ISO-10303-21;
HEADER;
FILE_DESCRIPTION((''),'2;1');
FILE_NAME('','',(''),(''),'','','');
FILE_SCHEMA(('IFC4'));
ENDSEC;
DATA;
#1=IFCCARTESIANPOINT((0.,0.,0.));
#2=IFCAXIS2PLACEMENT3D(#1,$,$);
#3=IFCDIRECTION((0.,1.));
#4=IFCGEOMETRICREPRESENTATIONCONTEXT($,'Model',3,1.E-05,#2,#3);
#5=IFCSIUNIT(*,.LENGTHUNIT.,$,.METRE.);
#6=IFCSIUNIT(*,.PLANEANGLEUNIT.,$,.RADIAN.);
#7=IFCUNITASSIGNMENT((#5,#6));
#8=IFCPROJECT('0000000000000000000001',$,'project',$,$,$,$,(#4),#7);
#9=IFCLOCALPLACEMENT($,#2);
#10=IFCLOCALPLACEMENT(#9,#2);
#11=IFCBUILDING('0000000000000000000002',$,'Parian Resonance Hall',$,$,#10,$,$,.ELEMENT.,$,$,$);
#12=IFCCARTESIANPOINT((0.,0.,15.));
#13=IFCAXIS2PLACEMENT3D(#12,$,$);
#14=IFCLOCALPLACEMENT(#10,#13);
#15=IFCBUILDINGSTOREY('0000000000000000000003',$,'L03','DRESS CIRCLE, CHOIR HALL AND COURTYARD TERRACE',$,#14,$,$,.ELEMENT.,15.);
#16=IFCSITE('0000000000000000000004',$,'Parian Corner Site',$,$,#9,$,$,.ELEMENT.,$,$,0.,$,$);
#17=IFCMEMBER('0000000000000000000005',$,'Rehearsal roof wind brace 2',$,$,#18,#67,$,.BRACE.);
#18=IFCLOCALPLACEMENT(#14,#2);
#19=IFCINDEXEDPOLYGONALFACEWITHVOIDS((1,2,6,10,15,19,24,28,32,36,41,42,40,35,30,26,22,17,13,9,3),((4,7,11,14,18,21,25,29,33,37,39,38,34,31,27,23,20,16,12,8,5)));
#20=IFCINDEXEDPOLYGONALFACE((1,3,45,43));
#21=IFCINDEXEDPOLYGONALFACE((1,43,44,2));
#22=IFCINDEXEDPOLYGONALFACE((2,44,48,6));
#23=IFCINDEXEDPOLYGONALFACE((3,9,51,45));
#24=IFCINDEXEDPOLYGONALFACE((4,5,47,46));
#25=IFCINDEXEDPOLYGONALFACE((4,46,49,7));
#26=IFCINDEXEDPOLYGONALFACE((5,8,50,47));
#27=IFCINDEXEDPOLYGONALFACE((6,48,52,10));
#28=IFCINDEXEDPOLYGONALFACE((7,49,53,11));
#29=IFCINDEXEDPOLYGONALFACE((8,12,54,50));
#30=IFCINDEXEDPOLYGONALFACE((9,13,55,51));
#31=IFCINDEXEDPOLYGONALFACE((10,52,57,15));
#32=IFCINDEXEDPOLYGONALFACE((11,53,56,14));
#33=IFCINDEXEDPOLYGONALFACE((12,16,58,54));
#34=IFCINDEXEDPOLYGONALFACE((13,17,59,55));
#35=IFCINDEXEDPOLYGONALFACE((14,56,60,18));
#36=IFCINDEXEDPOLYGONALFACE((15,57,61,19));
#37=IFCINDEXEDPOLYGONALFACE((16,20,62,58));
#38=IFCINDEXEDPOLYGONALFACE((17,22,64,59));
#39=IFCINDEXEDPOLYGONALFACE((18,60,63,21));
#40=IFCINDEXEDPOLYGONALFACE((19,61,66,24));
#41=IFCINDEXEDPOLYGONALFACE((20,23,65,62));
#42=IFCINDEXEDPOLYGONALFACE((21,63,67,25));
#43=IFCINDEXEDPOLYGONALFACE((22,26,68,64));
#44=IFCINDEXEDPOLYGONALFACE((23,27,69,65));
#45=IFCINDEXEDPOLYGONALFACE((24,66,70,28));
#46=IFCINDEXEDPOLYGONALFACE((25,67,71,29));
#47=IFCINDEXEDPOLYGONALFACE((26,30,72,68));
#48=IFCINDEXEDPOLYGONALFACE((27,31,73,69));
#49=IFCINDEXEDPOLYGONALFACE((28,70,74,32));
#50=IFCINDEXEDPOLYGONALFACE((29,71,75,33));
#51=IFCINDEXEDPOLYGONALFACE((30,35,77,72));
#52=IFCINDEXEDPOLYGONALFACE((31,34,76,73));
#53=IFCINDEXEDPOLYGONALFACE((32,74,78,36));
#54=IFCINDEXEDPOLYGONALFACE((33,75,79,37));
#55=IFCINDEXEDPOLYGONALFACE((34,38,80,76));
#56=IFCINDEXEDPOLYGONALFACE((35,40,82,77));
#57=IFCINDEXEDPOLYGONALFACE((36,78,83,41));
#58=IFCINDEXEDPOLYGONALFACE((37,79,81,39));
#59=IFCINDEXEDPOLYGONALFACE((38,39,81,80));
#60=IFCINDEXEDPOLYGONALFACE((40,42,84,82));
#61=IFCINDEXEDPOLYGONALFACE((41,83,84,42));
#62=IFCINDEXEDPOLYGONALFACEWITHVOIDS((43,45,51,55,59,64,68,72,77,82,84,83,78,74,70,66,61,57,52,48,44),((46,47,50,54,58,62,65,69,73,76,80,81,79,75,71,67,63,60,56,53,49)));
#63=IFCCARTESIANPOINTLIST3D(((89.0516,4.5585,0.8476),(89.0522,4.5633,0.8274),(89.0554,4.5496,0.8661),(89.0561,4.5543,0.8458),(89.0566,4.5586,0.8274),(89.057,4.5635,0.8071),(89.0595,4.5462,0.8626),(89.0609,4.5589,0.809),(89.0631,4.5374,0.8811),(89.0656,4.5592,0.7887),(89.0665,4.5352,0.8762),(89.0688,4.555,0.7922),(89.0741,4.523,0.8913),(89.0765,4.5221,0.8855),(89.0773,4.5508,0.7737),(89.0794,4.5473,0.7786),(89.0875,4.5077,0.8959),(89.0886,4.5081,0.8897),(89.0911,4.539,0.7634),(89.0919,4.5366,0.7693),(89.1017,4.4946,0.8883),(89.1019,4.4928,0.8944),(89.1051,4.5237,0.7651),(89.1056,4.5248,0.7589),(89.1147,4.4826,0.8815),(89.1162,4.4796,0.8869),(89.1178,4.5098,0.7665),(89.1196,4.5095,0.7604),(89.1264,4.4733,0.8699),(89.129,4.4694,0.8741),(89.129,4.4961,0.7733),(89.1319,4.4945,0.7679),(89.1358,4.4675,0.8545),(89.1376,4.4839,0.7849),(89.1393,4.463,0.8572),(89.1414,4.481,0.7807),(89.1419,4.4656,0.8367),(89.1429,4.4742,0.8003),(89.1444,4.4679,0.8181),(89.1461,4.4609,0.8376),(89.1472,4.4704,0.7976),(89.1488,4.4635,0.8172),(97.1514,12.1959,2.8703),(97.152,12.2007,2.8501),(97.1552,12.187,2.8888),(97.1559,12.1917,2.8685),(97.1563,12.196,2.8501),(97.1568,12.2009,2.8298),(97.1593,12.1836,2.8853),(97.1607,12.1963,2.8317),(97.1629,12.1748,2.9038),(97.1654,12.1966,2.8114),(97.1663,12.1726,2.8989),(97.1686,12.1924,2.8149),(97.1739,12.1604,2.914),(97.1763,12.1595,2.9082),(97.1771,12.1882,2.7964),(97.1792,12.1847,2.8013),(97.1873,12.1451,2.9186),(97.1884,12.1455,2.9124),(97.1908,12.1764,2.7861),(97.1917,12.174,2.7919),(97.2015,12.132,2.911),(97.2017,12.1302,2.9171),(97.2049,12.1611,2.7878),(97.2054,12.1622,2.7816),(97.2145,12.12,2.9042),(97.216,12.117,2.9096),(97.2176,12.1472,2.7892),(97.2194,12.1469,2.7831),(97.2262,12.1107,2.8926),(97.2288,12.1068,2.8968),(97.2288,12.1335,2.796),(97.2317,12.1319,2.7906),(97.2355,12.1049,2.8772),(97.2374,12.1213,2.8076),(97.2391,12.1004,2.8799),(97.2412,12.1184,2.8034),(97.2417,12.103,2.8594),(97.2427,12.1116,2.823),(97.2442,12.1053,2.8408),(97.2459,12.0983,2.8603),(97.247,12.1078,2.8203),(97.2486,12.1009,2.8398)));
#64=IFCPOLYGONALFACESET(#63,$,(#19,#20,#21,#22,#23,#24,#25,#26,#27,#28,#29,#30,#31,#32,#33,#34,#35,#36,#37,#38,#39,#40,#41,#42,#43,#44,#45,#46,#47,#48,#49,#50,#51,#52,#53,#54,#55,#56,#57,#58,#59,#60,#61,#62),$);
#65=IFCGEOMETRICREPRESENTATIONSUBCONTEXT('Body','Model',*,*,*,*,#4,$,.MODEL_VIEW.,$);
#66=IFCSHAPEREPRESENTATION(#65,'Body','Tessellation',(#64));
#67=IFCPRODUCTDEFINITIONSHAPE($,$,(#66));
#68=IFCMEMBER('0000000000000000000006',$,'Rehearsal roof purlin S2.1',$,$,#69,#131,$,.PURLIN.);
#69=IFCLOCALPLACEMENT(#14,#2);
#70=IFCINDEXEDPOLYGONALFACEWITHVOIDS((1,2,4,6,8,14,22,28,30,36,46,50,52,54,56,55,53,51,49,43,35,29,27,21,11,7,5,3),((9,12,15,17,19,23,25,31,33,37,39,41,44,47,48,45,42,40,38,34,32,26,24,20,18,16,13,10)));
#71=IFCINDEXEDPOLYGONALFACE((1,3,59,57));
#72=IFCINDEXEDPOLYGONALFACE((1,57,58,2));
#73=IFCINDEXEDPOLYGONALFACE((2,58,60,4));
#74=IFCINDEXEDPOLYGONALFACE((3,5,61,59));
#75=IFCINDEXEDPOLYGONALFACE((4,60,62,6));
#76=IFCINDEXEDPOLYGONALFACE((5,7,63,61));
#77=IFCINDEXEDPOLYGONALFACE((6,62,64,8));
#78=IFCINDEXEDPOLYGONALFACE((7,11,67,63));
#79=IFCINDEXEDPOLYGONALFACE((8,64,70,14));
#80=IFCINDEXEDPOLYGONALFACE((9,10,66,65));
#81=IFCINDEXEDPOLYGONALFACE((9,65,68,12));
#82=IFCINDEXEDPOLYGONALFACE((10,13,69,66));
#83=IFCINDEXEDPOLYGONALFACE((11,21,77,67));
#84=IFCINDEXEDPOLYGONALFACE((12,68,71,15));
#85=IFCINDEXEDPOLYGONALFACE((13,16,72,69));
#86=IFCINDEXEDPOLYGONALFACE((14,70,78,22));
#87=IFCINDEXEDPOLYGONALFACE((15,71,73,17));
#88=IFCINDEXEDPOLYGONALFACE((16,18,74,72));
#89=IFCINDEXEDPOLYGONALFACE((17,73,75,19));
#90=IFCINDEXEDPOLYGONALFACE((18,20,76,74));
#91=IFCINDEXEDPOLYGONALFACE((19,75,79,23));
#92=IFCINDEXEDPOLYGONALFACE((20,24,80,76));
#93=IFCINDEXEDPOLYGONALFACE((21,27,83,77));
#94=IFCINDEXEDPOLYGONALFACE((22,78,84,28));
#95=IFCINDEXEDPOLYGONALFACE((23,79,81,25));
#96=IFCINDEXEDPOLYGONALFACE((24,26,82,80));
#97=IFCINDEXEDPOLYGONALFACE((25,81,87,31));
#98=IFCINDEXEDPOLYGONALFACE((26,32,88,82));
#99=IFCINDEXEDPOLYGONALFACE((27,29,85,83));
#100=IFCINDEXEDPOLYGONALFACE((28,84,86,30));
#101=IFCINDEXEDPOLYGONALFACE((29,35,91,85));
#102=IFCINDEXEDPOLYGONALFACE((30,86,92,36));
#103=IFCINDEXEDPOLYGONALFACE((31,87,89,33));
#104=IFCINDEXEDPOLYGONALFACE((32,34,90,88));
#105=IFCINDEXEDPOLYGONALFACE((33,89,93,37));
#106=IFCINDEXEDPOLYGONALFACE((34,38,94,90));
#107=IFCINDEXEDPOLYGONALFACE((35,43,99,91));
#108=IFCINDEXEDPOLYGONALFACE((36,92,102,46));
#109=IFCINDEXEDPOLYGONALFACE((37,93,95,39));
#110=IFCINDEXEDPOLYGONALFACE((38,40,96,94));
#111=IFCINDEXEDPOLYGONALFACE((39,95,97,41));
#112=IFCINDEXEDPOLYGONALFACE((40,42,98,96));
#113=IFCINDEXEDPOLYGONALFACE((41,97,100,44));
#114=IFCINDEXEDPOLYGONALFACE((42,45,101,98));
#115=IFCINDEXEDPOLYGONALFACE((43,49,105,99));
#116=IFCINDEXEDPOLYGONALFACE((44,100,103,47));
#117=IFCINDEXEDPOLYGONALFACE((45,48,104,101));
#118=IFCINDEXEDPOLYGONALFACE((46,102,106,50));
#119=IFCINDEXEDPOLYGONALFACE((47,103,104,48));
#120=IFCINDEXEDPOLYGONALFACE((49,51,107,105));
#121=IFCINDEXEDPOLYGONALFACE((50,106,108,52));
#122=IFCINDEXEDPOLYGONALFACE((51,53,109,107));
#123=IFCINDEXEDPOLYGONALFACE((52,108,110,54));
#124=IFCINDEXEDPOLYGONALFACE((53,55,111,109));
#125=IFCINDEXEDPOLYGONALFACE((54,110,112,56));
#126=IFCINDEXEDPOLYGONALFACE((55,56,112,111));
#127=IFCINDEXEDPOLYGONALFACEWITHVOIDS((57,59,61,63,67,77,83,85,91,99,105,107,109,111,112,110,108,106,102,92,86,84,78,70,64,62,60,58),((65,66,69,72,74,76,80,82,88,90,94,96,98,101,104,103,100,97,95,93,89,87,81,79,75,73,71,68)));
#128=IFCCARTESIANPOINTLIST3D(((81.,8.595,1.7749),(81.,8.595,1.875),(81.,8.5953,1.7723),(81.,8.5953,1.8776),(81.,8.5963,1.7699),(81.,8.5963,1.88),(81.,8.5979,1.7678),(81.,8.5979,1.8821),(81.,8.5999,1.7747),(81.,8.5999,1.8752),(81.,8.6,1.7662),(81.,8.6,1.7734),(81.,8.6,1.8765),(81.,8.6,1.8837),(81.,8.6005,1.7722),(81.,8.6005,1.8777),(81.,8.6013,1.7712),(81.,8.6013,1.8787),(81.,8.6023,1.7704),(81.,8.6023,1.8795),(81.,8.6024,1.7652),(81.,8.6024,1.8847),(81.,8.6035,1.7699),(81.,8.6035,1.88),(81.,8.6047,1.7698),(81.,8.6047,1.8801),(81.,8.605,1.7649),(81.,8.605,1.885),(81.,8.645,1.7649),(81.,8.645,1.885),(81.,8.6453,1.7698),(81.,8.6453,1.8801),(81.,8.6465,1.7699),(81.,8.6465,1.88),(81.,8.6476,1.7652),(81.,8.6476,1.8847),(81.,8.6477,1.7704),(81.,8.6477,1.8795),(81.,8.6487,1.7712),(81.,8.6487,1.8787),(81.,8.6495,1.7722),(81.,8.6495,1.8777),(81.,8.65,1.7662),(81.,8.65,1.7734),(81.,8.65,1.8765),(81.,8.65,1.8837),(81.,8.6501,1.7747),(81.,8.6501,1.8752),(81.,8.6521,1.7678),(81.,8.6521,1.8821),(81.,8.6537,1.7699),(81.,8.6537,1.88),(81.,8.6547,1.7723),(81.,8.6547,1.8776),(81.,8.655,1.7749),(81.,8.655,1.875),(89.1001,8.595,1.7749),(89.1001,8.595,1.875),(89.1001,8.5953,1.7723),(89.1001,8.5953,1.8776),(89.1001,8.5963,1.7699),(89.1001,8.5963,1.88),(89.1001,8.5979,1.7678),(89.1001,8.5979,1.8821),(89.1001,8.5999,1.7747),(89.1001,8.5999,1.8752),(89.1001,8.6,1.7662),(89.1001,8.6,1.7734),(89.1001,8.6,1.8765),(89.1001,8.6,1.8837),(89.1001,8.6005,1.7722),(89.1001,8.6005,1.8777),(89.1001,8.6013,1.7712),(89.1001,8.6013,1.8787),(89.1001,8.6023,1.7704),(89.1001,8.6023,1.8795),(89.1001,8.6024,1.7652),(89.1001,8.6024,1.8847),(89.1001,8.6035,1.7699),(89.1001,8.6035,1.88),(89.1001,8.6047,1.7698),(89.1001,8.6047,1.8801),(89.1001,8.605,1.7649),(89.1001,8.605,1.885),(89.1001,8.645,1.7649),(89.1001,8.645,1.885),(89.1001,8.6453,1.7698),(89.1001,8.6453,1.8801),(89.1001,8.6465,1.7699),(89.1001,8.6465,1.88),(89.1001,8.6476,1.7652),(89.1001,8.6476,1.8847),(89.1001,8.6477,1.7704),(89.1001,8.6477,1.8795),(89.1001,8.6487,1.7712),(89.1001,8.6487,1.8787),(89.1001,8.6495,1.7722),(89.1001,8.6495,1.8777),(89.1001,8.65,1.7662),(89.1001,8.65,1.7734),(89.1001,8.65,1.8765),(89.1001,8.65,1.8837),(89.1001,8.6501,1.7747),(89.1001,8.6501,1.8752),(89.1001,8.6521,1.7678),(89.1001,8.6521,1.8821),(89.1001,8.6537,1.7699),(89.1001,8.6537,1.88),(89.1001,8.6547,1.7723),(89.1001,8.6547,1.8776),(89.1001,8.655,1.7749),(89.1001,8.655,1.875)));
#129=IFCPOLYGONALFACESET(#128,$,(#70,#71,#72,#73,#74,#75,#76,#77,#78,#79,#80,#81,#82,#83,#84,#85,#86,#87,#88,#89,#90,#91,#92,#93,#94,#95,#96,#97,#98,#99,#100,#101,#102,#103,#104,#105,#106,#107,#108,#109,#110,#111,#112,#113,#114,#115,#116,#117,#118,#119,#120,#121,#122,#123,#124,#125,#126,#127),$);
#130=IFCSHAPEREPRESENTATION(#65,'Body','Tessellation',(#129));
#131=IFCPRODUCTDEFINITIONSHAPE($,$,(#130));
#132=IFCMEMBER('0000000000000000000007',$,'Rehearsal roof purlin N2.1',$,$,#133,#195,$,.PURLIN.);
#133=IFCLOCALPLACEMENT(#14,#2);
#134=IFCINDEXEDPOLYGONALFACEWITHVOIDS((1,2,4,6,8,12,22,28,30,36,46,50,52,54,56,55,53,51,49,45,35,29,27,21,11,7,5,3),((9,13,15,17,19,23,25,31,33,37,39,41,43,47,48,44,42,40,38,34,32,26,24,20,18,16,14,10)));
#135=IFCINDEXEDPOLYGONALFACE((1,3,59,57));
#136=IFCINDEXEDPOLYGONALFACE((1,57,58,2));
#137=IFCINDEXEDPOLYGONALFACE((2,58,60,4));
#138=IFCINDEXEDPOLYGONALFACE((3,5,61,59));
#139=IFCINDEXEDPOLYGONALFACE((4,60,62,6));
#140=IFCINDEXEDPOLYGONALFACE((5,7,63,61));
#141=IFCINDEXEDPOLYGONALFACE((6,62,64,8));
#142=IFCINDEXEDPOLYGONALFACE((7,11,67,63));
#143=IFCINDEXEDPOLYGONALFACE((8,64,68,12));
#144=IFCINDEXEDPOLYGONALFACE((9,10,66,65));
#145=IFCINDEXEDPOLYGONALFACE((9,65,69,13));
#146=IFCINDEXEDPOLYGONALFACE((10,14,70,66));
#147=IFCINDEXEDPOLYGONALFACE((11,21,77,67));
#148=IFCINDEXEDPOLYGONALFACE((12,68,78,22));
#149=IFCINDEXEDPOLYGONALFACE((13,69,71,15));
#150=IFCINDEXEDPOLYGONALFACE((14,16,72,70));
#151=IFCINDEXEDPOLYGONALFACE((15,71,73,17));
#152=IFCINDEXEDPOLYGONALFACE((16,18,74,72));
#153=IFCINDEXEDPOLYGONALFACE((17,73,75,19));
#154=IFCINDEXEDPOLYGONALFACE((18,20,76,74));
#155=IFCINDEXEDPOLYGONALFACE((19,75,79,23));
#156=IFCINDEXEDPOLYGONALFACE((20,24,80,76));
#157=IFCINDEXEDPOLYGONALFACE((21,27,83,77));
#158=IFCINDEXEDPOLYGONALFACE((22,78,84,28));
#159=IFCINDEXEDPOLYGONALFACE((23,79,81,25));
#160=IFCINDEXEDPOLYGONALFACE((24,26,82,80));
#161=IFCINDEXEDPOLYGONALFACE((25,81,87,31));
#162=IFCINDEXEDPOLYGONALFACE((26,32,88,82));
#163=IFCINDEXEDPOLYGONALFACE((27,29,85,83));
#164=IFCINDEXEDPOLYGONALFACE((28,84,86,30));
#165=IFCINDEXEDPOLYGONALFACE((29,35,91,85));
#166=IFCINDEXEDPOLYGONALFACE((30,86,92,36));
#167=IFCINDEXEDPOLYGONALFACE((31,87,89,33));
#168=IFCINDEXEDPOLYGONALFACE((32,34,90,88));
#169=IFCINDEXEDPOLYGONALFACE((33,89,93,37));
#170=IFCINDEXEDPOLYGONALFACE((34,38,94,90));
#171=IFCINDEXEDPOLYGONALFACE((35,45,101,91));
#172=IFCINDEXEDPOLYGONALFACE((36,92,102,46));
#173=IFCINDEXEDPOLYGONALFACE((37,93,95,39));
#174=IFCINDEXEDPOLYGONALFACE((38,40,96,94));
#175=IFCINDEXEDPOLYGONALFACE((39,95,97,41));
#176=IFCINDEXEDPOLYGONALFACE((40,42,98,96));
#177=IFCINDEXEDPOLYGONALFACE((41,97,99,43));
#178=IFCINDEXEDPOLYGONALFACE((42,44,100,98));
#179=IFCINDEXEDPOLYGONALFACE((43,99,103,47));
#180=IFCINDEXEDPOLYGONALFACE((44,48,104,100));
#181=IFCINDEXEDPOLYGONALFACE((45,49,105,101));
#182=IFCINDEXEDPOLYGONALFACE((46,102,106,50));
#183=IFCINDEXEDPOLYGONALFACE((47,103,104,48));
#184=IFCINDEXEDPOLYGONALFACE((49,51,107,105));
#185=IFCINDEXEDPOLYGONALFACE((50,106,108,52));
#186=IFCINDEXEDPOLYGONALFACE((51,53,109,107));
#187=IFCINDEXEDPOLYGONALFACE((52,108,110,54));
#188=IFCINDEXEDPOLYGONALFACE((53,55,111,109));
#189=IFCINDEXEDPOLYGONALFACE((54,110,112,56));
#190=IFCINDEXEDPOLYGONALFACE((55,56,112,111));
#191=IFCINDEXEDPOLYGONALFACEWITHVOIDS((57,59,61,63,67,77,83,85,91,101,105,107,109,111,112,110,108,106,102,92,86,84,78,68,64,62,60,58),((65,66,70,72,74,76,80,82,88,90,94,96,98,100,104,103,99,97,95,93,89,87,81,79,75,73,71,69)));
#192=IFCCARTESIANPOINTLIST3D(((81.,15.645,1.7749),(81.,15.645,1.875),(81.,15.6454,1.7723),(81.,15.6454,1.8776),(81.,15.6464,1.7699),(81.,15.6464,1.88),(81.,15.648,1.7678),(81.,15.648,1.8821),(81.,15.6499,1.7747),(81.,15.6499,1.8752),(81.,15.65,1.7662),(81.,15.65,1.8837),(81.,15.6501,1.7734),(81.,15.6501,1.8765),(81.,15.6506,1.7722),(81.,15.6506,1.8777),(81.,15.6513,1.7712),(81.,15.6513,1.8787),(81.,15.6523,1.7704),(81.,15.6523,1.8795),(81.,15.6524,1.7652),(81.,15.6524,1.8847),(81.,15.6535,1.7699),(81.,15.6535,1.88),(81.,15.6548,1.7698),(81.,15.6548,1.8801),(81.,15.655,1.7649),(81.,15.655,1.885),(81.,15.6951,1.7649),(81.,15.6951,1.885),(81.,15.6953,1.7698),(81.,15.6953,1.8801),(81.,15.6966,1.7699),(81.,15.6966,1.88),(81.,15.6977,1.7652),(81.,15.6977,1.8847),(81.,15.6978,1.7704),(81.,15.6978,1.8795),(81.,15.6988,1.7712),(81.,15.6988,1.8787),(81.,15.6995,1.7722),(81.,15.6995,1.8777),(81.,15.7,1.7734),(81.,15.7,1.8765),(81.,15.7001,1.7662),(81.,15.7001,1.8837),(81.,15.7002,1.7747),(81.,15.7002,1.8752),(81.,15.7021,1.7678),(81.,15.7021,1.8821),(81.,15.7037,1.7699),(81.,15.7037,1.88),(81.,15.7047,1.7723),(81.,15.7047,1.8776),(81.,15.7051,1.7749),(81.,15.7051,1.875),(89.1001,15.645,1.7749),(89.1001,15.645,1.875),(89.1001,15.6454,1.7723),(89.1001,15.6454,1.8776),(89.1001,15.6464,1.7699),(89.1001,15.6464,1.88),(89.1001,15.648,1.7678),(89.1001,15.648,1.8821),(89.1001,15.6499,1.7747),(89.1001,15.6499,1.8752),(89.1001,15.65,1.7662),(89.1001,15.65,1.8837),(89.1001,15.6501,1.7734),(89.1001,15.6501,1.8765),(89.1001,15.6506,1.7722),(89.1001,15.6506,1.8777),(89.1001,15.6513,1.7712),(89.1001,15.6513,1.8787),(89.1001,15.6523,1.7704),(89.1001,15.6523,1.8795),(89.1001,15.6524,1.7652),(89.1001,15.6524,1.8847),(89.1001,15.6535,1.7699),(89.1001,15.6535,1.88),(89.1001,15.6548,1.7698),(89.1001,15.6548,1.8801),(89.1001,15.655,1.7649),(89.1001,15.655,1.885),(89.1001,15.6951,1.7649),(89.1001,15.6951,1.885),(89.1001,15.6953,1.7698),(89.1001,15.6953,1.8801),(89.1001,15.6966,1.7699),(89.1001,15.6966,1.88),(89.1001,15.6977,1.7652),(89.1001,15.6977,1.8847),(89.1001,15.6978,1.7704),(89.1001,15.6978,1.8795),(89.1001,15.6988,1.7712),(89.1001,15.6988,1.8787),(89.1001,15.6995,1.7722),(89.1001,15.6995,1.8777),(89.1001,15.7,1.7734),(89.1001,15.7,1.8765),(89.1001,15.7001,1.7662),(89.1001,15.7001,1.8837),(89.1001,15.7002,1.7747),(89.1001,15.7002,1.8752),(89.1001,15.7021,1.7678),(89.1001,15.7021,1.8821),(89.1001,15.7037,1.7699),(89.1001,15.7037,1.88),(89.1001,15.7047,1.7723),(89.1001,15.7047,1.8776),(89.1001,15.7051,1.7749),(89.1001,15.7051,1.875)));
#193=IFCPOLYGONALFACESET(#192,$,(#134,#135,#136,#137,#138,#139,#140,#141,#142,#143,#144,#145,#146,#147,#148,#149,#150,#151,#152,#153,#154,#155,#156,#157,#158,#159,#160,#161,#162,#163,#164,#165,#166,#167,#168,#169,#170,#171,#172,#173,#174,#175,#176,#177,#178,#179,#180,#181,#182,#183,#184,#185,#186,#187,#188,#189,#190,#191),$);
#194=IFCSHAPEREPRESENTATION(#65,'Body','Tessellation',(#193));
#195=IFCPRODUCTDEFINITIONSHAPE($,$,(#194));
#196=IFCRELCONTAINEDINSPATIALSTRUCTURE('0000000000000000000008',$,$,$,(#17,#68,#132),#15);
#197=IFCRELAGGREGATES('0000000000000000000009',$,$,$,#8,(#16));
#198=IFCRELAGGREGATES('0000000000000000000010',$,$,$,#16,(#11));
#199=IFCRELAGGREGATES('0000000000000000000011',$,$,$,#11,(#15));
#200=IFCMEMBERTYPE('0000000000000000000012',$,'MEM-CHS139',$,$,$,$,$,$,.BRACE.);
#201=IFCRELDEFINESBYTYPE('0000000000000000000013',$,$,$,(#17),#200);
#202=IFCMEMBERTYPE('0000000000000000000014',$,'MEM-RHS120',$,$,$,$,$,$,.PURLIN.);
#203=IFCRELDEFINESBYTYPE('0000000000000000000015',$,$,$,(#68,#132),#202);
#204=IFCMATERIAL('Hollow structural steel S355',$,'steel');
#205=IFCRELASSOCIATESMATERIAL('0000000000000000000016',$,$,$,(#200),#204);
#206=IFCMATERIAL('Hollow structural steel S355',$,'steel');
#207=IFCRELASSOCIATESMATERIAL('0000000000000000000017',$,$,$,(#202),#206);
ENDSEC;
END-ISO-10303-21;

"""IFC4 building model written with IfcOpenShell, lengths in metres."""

from ifc_helpers import new_model, si_unit, direction, frame, origin, origin_2d, place, context, subcontext, project, spatial, hollow_rectangle, hollow_circle, extrude, material, material_profile, profile_set, type_object, element, save


model = new_model("IFC4")

# Units and contexts
model_context = context("Model", 3, precision=1e-05, world=origin(), true_north=direction((0.0, 1.0)))
body_context = subcontext(model_context, "Body", "Model", "MODEL_VIEW")
ifc_project = project(units=[si_unit("LENGTHUNIT", "METRE"), si_unit("PLANEANGLEUNIT", "RADIAN")], contexts=[model_context])

# Site, building, storey
site_placement = place(None, origin())
site = spatial("IfcSite", under=ifc_project, at=site_placement, Name="Parian Corner Site", CompositionType="ELEMENT", RefElevation=0.0)
building_placement = place(site_placement, origin())
building = spatial("IfcBuilding", under=site, at=building_placement, Name="Parian Resonance Hall", CompositionType="ELEMENT")
storey_placement = place(building_placement, frame((0.0, 0.0, 15.0)))
storey = spatial("IfcBuildingStorey", under=building, at=storey_placement, Name="L03", Description="DRESS CIRCLE, CHOIR HALL AND COURTYARD TERRACE", CompositionType="ELEMENT", Elevation=15.0)

# Members
ifc_material_1 = material(Name="Hollow structural steel S355", Category="steel")
ifc_material_profile_1 = material_profile(ifc_material_1, hollow_circle(Radius=0.0698, WallThickness=0.0063, at=origin_2d()), Name="CHS139.7x6.3")
ifc_profile_set_1 = profile_set([ifc_material_profile_1], Name="Hollow structural steel S355")
member_type_1 = type_object("IfcMemberType", Name="MEM-CHS139", PredefinedType="BRACE", material=ifc_profile_set_1)
member_1_placement = place(storey_placement, frame((89.1001, 4.5125, 0.8274), z_axis=(0.71585, 0.674984, 0.178763), x_axis=(-0.686034, 0.727569, 0.0)))
element("IfcMember", 1, at=member_1_placement, inside=storey, type_object=member_type_1, Name="Rehearsal roof wind brace 2", PredefinedType="BRACE", context=body_context, shape_type="SweptSolid", body=[
    extrude(hollow_circle(Radius=0.0698, WallThickness=0.0063, at=origin_2d()), origin(), (0.0, 0.0, 1.0), 11.3149),
])
ifc_material_2 = material(Name="Hollow structural steel S355", Category="steel")
ifc_material_profile_2 = material_profile(ifc_material_2, hollow_rectangle(XDim=0.0601, YDim=0.1201, WallThickness=0.0049, InnerFilletRadius=0.0049, OuterFilletRadius=0.01, at=origin_2d()), Name="RHS120x60x5")
ifc_profile_set_2 = profile_set([ifc_material_profile_2], Name="Hollow structural steel S355")
member_type_2 = type_object("IfcMemberType", Name="MEM-RHS120", PredefinedType="PURLIN", material=ifc_profile_set_2)
for number, where, z_axis, x_axis, name in (
    (2, (81.0, 8.625, 1.825), (1.0, 0.0, 0.0), (0.0, 1.0, 0.0), "Rehearsal roof purlin S2.1"),
    (3, (81.0, 15.675, 1.825), (1.0, 0.0, 0.0), (0.0, 1.0, 0.0), "Rehearsal roof purlin N2.1"),
):
    element("IfcMember", number, at=place(storey_placement, frame(where, z_axis=z_axis, x_axis=x_axis)), inside=storey, type_object=member_type_2, Name=name, PredefinedType="PURLIN", context=body_context, shape_type="SweptSolid", body=[
        extrude(hollow_rectangle(XDim=0.0601, YDim=0.1201, WallThickness=0.0049, InnerFilletRadius=0.0049, OuterFilletRadius=0.01, at=origin_2d()), origin(), (0.0, 0.0, 1.0), 8.1001),
    ])

save(model, "model.ifc")
